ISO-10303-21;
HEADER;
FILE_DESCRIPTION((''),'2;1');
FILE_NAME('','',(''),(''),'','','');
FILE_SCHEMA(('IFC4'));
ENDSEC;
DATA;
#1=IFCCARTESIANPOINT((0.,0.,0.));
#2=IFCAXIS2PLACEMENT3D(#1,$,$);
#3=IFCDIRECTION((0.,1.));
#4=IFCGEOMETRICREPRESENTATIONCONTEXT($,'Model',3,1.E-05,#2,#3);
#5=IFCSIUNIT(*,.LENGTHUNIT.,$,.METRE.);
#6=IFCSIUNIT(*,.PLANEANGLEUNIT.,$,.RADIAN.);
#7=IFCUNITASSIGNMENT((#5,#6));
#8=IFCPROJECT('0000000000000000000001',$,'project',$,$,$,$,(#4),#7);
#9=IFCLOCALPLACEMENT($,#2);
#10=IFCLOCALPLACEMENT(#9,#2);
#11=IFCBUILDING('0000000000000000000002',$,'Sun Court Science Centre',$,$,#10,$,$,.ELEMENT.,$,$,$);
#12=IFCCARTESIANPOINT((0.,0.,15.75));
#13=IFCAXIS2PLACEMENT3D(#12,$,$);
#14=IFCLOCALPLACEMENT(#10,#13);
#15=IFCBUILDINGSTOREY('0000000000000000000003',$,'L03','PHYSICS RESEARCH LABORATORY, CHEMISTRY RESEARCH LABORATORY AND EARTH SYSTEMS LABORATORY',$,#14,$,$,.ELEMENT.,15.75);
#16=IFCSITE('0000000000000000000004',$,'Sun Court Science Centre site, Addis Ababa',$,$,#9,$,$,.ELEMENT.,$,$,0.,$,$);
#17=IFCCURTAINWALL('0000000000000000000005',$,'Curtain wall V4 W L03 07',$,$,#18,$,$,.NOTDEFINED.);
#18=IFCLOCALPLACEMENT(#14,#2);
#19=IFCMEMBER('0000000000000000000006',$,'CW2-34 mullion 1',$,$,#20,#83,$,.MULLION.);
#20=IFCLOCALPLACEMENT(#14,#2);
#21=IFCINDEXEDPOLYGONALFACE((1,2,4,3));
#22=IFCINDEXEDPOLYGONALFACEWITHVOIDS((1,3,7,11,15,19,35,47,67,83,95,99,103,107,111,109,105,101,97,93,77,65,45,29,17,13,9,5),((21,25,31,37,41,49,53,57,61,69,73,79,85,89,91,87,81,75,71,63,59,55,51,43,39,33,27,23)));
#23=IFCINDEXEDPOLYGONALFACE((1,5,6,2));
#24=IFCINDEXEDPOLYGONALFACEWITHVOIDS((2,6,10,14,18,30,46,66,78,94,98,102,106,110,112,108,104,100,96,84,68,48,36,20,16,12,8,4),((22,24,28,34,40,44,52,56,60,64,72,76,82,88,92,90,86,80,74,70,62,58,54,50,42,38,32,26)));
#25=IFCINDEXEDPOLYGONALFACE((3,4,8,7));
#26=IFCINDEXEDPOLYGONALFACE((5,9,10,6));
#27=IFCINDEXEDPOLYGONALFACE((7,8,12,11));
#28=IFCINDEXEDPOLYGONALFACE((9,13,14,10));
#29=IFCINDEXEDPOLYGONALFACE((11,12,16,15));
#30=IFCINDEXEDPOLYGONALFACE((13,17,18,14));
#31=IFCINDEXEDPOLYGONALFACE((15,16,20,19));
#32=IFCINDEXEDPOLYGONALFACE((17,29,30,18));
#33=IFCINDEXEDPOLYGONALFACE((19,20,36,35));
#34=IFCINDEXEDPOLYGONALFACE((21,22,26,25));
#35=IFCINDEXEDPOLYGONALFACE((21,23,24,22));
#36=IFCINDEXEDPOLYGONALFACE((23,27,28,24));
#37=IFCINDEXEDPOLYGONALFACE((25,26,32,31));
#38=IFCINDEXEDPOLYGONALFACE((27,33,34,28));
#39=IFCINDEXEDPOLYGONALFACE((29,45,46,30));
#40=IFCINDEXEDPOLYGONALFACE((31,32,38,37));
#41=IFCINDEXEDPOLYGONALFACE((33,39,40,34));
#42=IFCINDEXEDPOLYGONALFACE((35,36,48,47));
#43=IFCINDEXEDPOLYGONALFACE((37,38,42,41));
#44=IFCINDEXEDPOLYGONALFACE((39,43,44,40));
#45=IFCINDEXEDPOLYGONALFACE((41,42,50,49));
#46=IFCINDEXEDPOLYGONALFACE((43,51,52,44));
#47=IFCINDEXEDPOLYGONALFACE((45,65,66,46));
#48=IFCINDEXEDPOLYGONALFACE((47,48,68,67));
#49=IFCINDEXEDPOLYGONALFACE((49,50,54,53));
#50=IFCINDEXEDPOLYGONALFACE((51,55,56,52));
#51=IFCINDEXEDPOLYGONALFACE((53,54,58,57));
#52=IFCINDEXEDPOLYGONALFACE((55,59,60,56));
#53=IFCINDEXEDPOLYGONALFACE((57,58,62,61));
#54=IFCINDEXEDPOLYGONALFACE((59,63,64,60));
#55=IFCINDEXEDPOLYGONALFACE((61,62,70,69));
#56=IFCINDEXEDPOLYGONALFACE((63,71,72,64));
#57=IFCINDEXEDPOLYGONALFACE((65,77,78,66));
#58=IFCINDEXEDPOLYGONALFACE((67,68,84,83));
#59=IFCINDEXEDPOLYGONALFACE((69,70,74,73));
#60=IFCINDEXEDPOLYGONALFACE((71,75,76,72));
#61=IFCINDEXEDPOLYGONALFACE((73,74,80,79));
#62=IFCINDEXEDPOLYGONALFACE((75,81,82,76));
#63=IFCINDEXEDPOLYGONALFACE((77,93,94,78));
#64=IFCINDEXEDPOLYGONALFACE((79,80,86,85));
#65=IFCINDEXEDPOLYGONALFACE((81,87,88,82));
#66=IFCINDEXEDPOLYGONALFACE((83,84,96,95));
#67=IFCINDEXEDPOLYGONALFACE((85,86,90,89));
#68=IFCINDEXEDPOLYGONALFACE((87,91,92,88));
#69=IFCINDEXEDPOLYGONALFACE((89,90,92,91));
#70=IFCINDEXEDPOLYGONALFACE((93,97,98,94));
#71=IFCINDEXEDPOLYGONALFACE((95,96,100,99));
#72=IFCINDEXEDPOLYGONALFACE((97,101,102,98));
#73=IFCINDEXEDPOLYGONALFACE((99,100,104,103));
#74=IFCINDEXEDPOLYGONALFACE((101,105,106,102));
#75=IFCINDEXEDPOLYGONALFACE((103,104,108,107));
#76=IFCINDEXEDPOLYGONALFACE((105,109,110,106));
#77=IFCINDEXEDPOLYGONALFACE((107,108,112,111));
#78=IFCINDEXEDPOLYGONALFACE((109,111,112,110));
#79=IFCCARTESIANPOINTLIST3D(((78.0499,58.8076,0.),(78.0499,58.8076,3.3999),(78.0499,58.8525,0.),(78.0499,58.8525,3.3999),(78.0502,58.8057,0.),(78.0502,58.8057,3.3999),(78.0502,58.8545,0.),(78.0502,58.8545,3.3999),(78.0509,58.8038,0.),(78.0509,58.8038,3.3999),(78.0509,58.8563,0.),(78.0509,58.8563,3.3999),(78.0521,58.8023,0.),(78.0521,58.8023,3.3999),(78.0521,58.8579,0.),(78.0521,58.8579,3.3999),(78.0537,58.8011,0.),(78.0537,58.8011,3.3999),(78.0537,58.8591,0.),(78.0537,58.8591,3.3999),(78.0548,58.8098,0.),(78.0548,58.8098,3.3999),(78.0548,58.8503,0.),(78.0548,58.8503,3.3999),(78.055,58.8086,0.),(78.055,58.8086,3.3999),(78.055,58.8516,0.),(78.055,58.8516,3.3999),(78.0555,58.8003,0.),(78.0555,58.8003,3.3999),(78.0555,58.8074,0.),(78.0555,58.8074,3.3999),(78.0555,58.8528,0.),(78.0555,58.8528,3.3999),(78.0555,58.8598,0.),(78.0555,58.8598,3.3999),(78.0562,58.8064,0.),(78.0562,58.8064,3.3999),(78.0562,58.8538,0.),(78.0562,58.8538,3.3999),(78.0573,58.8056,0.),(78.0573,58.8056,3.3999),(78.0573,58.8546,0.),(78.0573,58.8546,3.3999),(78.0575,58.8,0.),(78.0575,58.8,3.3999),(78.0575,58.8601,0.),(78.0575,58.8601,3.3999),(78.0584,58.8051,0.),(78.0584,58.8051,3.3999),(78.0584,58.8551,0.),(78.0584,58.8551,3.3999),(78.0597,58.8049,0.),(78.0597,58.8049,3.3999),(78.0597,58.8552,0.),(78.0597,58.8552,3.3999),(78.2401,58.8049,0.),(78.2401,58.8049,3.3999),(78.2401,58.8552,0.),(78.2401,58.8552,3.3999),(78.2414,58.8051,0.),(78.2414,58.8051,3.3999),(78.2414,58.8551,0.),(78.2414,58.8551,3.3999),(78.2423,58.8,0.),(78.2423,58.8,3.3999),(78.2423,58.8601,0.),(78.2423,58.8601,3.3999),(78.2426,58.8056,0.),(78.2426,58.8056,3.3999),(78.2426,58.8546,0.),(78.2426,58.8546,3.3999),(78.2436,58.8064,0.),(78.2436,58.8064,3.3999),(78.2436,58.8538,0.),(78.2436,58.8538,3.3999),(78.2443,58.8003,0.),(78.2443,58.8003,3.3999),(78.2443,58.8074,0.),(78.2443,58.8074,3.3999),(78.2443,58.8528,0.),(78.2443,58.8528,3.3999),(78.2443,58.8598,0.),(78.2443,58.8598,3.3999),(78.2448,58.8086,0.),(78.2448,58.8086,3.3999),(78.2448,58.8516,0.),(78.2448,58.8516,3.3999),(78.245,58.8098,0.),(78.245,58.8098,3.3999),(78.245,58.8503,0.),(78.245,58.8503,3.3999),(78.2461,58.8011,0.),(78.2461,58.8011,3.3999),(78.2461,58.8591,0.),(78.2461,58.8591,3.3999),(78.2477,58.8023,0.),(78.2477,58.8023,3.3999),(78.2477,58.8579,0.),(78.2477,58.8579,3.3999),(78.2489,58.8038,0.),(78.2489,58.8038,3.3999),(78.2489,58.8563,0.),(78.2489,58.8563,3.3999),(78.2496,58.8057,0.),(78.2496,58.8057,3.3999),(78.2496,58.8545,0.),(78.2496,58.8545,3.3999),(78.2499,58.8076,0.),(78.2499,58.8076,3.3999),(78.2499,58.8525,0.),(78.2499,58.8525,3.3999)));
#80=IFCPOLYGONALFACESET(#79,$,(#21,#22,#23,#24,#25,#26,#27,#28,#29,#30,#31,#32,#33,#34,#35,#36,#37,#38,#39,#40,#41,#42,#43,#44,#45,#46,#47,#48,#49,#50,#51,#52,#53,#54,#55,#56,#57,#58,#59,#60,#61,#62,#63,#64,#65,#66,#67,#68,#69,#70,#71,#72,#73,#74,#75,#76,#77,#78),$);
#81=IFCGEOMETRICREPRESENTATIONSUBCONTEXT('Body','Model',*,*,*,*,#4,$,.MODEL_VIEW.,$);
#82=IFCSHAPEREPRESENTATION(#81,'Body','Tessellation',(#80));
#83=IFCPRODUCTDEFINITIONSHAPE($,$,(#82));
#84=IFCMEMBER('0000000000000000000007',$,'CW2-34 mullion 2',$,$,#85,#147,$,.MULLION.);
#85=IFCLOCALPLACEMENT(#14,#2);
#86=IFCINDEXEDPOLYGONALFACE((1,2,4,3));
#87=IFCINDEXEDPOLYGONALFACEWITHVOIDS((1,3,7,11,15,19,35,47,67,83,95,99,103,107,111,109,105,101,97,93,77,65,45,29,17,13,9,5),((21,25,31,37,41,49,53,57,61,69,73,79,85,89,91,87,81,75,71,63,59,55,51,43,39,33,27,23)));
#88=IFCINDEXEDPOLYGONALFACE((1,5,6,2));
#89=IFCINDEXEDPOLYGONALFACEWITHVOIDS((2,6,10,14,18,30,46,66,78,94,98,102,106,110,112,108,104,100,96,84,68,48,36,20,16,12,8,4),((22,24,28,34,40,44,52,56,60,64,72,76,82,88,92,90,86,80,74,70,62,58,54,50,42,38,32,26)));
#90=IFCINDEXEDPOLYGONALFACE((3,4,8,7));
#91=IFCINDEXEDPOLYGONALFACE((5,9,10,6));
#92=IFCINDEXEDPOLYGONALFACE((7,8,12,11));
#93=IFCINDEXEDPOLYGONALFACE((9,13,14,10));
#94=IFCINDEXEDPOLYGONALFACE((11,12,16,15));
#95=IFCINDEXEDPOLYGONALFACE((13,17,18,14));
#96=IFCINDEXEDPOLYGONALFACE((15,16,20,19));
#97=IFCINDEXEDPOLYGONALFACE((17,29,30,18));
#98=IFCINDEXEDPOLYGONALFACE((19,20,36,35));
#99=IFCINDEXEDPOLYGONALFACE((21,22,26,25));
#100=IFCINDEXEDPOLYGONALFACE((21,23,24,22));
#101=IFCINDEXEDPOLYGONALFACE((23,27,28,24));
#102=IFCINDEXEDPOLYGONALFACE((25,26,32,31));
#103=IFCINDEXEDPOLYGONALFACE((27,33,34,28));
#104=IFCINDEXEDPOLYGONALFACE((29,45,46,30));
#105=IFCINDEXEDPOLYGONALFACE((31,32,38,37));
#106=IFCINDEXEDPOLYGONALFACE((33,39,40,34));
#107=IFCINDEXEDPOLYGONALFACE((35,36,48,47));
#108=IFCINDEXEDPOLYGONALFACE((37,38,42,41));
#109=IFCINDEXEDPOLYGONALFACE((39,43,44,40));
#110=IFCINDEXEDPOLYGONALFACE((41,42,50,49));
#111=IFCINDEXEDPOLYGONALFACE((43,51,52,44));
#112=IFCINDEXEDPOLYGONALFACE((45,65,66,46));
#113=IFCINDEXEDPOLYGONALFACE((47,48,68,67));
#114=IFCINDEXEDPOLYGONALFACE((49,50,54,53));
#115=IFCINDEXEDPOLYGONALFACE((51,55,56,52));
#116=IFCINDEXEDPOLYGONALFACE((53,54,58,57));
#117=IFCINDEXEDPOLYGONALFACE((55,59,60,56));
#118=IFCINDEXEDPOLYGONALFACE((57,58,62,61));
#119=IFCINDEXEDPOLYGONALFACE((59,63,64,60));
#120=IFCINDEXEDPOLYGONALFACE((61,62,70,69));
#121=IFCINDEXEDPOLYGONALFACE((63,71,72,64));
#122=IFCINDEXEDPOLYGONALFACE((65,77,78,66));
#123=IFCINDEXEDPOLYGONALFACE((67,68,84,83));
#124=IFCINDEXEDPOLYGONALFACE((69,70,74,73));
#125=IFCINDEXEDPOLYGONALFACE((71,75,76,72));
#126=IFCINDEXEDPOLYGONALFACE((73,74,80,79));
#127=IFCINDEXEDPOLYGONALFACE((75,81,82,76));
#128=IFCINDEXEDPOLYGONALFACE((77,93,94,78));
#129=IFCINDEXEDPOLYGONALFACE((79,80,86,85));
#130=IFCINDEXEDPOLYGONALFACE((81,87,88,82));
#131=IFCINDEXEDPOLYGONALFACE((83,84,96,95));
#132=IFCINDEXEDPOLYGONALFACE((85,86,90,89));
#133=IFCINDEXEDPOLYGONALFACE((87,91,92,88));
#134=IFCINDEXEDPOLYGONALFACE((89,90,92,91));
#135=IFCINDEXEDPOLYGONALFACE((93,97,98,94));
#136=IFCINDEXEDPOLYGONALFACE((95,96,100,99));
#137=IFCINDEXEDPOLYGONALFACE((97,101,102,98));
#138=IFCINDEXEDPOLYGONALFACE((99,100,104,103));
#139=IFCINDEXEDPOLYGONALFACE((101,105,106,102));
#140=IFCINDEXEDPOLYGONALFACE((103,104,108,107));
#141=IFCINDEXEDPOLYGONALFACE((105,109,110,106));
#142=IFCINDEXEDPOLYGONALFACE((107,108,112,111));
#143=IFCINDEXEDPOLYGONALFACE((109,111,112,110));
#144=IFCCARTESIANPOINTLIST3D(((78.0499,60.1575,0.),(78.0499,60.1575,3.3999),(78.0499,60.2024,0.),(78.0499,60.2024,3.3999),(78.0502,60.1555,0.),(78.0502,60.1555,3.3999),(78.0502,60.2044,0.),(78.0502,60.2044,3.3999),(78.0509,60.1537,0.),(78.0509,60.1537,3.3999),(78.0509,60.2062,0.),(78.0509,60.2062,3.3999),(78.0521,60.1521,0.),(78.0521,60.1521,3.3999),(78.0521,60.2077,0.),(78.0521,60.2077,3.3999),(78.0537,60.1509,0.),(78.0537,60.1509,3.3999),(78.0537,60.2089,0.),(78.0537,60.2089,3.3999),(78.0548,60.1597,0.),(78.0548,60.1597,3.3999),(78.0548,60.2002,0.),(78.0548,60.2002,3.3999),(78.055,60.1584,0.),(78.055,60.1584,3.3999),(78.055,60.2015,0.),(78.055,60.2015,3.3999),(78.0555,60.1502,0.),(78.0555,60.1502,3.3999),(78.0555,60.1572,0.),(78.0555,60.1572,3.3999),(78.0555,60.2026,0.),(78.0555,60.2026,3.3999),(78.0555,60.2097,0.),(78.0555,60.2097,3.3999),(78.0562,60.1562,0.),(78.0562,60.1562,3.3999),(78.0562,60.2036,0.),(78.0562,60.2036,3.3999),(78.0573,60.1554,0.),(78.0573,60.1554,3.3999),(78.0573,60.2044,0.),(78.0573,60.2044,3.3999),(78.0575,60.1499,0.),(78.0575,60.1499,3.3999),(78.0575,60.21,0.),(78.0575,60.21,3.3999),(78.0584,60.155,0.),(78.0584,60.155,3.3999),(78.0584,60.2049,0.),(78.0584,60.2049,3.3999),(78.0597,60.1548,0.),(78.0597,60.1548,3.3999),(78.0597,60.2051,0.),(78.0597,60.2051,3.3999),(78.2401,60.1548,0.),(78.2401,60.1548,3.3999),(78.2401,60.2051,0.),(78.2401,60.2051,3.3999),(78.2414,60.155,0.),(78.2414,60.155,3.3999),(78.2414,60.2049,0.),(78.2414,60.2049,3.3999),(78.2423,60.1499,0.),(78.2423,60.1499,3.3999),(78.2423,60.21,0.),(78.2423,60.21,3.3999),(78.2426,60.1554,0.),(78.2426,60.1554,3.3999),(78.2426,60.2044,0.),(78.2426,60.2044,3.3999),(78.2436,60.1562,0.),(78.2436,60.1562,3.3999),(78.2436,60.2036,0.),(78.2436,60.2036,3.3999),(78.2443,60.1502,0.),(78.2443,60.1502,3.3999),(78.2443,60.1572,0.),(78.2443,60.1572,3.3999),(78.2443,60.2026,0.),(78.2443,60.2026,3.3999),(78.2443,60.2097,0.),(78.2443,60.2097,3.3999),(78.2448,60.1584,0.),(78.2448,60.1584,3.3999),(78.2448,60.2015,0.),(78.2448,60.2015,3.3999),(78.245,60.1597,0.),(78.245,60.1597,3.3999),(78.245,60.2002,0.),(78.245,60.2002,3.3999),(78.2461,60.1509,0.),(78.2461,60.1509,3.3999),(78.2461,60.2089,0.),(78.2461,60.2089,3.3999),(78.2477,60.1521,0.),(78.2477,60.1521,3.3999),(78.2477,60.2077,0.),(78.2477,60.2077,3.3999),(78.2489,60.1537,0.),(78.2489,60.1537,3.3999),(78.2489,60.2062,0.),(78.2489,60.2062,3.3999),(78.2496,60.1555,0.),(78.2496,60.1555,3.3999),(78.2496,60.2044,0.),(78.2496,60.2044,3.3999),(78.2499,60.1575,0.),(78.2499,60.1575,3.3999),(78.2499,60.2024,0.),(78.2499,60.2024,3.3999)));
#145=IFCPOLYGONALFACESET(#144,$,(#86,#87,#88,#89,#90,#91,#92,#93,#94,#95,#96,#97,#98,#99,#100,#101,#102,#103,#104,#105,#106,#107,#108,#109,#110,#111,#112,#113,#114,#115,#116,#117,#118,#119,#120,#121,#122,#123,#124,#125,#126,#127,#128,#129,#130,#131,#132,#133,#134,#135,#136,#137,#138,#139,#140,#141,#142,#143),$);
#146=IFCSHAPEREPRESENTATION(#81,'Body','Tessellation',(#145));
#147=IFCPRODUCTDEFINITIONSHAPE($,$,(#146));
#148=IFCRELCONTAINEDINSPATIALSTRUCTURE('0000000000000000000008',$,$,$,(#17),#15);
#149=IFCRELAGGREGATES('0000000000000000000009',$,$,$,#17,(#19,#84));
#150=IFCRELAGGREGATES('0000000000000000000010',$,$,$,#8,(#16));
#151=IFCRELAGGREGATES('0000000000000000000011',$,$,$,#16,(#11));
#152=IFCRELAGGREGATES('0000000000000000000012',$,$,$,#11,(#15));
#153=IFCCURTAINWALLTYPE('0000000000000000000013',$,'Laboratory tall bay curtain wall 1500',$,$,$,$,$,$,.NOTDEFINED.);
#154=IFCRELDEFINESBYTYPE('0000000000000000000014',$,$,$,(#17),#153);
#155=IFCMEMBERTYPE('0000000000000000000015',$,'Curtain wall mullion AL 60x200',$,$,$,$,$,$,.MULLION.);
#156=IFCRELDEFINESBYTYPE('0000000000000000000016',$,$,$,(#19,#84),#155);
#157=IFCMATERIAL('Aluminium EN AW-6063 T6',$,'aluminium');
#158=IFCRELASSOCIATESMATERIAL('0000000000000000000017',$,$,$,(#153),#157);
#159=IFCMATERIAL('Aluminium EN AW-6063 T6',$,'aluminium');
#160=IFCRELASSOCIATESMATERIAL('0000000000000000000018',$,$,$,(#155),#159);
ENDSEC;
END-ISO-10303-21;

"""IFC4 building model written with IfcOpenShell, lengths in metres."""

from ifc_helpers import new_model, si_unit, direction, frame, origin, origin_2d, place, context, subcontext, project, spatial, hollow_rectangle, extrude, material, material_profile, profile_set, type_object, element, aggregate, save


model = new_model("IFC4")

# Units and contexts
model_context = context("Model", 3, precision=1e-05, world=origin(), true_north=direction((0.0, 1.0)))
body_context = subcontext(model_context, "Body", "Model", "MODEL_VIEW")
ifc_project = project(units=[si_unit("LENGTHUNIT", "METRE"), si_unit("PLANEANGLEUNIT", "RADIAN")], contexts=[model_context])

# Site, building, storey
site_placement = place(None, origin())
site = spatial("IfcSite", under=ifc_project, at=site_placement, Name="Sun Court Science Centre site, Addis Ababa", CompositionType="ELEMENT", RefElevation=0.0)
building_placement = place(site_placement, origin())
building = spatial("IfcBuilding", under=site, at=building_placement, Name="Sun Court Science Centre", CompositionType="ELEMENT")
storey_placement = place(building_placement, frame((0.0, 0.0, 15.75)))
storey = spatial("IfcBuildingStorey", under=building, at=storey_placement, Name="L03", Description="PHYSICS RESEARCH LABORATORY, CHEMISTRY RESEARCH LABORATORY AND EARTH SYSTEMS LABORATORY", CompositionType="ELEMENT", Elevation=15.75)

# Curtain wall, members
ifc_material_1 = material(Name="Aluminium EN AW-6063 T6", Category="aluminium")
curtain_wall_type = type_object("IfcCurtainWallType", Name="Laboratory tall bay curtain wall 1500", PredefinedType="NOTDEFINED", material=ifc_material_1)
ifc_material_2 = material(Name="Aluminium EN AW-6063 T6", Category="aluminium")
ifc_material_profile_1 = material_profile(ifc_material_2, hollow_rectangle(XDim=0.0601, YDim=0.2, WallThickness=0.0049, InnerFilletRadius=0.0049, OuterFilletRadius=0.0076, at=origin_2d()), Name="AL 60x200x5")
ifc_profile_set_1 = profile_set([ifc_material_profile_1], Name="Aluminium EN AW-6063 T6")
member_type_1 = type_object("IfcMemberType", Name="Curtain wall mullion AL 60x200", PredefinedType="MULLION", material=ifc_profile_set_1)
curtain_wall_1_placement = place(storey_placement, origin())
curtain_wall_1 = element("IfcCurtainWall", 1, at=curtain_wall_1_placement, inside=storey, type_object=curtain_wall_type, Name="Curtain wall V4 W L03 07", PredefinedType="NOTDEFINED")
member_1_placement = place(storey_placement, frame((78.1499, 58.8301, 0.0), z_axis=(0.0, 0.0, 1.0), x_axis=(0.0, 1.0, 0.0)))
member_1 = element("IfcMember", 2, at=member_1_placement, type_object=member_type_1, Name="CW2-34 mullion 1", PredefinedType="MULLION", context=body_context, shape_type="SweptSolid", body=[
    extrude(hollow_rectangle(XDim=0.0601, YDim=0.2, WallThickness=0.0049, InnerFilletRadius=0.0049, OuterFilletRadius=0.0076, at=origin_2d()), origin(), (0.0, 0.0, 1.0), 3.3999),
])
member_2_placement = place(storey_placement, frame((78.1499, 60.1799, 0.0), z_axis=(0.0, 0.0, 1.0), x_axis=(0.0, 1.0, 0.0)))
member_2 = element("IfcMember", 3, at=member_2_placement, type_object=member_type_1, Name="CW2-34 mullion 2", PredefinedType="MULLION", context=body_context, shape_type="SweptSolid", body=[
    extrude(hollow_rectangle(XDim=0.0601, YDim=0.2, WallThickness=0.0049, InnerFilletRadius=0.0049, OuterFilletRadius=0.0076, at=origin_2d()), origin(), (0.0, 0.0, 1.0), 3.3999),
])

aggregate(curtain_wall_1, [member_1, member_2])

save(model, "model.ifc")
